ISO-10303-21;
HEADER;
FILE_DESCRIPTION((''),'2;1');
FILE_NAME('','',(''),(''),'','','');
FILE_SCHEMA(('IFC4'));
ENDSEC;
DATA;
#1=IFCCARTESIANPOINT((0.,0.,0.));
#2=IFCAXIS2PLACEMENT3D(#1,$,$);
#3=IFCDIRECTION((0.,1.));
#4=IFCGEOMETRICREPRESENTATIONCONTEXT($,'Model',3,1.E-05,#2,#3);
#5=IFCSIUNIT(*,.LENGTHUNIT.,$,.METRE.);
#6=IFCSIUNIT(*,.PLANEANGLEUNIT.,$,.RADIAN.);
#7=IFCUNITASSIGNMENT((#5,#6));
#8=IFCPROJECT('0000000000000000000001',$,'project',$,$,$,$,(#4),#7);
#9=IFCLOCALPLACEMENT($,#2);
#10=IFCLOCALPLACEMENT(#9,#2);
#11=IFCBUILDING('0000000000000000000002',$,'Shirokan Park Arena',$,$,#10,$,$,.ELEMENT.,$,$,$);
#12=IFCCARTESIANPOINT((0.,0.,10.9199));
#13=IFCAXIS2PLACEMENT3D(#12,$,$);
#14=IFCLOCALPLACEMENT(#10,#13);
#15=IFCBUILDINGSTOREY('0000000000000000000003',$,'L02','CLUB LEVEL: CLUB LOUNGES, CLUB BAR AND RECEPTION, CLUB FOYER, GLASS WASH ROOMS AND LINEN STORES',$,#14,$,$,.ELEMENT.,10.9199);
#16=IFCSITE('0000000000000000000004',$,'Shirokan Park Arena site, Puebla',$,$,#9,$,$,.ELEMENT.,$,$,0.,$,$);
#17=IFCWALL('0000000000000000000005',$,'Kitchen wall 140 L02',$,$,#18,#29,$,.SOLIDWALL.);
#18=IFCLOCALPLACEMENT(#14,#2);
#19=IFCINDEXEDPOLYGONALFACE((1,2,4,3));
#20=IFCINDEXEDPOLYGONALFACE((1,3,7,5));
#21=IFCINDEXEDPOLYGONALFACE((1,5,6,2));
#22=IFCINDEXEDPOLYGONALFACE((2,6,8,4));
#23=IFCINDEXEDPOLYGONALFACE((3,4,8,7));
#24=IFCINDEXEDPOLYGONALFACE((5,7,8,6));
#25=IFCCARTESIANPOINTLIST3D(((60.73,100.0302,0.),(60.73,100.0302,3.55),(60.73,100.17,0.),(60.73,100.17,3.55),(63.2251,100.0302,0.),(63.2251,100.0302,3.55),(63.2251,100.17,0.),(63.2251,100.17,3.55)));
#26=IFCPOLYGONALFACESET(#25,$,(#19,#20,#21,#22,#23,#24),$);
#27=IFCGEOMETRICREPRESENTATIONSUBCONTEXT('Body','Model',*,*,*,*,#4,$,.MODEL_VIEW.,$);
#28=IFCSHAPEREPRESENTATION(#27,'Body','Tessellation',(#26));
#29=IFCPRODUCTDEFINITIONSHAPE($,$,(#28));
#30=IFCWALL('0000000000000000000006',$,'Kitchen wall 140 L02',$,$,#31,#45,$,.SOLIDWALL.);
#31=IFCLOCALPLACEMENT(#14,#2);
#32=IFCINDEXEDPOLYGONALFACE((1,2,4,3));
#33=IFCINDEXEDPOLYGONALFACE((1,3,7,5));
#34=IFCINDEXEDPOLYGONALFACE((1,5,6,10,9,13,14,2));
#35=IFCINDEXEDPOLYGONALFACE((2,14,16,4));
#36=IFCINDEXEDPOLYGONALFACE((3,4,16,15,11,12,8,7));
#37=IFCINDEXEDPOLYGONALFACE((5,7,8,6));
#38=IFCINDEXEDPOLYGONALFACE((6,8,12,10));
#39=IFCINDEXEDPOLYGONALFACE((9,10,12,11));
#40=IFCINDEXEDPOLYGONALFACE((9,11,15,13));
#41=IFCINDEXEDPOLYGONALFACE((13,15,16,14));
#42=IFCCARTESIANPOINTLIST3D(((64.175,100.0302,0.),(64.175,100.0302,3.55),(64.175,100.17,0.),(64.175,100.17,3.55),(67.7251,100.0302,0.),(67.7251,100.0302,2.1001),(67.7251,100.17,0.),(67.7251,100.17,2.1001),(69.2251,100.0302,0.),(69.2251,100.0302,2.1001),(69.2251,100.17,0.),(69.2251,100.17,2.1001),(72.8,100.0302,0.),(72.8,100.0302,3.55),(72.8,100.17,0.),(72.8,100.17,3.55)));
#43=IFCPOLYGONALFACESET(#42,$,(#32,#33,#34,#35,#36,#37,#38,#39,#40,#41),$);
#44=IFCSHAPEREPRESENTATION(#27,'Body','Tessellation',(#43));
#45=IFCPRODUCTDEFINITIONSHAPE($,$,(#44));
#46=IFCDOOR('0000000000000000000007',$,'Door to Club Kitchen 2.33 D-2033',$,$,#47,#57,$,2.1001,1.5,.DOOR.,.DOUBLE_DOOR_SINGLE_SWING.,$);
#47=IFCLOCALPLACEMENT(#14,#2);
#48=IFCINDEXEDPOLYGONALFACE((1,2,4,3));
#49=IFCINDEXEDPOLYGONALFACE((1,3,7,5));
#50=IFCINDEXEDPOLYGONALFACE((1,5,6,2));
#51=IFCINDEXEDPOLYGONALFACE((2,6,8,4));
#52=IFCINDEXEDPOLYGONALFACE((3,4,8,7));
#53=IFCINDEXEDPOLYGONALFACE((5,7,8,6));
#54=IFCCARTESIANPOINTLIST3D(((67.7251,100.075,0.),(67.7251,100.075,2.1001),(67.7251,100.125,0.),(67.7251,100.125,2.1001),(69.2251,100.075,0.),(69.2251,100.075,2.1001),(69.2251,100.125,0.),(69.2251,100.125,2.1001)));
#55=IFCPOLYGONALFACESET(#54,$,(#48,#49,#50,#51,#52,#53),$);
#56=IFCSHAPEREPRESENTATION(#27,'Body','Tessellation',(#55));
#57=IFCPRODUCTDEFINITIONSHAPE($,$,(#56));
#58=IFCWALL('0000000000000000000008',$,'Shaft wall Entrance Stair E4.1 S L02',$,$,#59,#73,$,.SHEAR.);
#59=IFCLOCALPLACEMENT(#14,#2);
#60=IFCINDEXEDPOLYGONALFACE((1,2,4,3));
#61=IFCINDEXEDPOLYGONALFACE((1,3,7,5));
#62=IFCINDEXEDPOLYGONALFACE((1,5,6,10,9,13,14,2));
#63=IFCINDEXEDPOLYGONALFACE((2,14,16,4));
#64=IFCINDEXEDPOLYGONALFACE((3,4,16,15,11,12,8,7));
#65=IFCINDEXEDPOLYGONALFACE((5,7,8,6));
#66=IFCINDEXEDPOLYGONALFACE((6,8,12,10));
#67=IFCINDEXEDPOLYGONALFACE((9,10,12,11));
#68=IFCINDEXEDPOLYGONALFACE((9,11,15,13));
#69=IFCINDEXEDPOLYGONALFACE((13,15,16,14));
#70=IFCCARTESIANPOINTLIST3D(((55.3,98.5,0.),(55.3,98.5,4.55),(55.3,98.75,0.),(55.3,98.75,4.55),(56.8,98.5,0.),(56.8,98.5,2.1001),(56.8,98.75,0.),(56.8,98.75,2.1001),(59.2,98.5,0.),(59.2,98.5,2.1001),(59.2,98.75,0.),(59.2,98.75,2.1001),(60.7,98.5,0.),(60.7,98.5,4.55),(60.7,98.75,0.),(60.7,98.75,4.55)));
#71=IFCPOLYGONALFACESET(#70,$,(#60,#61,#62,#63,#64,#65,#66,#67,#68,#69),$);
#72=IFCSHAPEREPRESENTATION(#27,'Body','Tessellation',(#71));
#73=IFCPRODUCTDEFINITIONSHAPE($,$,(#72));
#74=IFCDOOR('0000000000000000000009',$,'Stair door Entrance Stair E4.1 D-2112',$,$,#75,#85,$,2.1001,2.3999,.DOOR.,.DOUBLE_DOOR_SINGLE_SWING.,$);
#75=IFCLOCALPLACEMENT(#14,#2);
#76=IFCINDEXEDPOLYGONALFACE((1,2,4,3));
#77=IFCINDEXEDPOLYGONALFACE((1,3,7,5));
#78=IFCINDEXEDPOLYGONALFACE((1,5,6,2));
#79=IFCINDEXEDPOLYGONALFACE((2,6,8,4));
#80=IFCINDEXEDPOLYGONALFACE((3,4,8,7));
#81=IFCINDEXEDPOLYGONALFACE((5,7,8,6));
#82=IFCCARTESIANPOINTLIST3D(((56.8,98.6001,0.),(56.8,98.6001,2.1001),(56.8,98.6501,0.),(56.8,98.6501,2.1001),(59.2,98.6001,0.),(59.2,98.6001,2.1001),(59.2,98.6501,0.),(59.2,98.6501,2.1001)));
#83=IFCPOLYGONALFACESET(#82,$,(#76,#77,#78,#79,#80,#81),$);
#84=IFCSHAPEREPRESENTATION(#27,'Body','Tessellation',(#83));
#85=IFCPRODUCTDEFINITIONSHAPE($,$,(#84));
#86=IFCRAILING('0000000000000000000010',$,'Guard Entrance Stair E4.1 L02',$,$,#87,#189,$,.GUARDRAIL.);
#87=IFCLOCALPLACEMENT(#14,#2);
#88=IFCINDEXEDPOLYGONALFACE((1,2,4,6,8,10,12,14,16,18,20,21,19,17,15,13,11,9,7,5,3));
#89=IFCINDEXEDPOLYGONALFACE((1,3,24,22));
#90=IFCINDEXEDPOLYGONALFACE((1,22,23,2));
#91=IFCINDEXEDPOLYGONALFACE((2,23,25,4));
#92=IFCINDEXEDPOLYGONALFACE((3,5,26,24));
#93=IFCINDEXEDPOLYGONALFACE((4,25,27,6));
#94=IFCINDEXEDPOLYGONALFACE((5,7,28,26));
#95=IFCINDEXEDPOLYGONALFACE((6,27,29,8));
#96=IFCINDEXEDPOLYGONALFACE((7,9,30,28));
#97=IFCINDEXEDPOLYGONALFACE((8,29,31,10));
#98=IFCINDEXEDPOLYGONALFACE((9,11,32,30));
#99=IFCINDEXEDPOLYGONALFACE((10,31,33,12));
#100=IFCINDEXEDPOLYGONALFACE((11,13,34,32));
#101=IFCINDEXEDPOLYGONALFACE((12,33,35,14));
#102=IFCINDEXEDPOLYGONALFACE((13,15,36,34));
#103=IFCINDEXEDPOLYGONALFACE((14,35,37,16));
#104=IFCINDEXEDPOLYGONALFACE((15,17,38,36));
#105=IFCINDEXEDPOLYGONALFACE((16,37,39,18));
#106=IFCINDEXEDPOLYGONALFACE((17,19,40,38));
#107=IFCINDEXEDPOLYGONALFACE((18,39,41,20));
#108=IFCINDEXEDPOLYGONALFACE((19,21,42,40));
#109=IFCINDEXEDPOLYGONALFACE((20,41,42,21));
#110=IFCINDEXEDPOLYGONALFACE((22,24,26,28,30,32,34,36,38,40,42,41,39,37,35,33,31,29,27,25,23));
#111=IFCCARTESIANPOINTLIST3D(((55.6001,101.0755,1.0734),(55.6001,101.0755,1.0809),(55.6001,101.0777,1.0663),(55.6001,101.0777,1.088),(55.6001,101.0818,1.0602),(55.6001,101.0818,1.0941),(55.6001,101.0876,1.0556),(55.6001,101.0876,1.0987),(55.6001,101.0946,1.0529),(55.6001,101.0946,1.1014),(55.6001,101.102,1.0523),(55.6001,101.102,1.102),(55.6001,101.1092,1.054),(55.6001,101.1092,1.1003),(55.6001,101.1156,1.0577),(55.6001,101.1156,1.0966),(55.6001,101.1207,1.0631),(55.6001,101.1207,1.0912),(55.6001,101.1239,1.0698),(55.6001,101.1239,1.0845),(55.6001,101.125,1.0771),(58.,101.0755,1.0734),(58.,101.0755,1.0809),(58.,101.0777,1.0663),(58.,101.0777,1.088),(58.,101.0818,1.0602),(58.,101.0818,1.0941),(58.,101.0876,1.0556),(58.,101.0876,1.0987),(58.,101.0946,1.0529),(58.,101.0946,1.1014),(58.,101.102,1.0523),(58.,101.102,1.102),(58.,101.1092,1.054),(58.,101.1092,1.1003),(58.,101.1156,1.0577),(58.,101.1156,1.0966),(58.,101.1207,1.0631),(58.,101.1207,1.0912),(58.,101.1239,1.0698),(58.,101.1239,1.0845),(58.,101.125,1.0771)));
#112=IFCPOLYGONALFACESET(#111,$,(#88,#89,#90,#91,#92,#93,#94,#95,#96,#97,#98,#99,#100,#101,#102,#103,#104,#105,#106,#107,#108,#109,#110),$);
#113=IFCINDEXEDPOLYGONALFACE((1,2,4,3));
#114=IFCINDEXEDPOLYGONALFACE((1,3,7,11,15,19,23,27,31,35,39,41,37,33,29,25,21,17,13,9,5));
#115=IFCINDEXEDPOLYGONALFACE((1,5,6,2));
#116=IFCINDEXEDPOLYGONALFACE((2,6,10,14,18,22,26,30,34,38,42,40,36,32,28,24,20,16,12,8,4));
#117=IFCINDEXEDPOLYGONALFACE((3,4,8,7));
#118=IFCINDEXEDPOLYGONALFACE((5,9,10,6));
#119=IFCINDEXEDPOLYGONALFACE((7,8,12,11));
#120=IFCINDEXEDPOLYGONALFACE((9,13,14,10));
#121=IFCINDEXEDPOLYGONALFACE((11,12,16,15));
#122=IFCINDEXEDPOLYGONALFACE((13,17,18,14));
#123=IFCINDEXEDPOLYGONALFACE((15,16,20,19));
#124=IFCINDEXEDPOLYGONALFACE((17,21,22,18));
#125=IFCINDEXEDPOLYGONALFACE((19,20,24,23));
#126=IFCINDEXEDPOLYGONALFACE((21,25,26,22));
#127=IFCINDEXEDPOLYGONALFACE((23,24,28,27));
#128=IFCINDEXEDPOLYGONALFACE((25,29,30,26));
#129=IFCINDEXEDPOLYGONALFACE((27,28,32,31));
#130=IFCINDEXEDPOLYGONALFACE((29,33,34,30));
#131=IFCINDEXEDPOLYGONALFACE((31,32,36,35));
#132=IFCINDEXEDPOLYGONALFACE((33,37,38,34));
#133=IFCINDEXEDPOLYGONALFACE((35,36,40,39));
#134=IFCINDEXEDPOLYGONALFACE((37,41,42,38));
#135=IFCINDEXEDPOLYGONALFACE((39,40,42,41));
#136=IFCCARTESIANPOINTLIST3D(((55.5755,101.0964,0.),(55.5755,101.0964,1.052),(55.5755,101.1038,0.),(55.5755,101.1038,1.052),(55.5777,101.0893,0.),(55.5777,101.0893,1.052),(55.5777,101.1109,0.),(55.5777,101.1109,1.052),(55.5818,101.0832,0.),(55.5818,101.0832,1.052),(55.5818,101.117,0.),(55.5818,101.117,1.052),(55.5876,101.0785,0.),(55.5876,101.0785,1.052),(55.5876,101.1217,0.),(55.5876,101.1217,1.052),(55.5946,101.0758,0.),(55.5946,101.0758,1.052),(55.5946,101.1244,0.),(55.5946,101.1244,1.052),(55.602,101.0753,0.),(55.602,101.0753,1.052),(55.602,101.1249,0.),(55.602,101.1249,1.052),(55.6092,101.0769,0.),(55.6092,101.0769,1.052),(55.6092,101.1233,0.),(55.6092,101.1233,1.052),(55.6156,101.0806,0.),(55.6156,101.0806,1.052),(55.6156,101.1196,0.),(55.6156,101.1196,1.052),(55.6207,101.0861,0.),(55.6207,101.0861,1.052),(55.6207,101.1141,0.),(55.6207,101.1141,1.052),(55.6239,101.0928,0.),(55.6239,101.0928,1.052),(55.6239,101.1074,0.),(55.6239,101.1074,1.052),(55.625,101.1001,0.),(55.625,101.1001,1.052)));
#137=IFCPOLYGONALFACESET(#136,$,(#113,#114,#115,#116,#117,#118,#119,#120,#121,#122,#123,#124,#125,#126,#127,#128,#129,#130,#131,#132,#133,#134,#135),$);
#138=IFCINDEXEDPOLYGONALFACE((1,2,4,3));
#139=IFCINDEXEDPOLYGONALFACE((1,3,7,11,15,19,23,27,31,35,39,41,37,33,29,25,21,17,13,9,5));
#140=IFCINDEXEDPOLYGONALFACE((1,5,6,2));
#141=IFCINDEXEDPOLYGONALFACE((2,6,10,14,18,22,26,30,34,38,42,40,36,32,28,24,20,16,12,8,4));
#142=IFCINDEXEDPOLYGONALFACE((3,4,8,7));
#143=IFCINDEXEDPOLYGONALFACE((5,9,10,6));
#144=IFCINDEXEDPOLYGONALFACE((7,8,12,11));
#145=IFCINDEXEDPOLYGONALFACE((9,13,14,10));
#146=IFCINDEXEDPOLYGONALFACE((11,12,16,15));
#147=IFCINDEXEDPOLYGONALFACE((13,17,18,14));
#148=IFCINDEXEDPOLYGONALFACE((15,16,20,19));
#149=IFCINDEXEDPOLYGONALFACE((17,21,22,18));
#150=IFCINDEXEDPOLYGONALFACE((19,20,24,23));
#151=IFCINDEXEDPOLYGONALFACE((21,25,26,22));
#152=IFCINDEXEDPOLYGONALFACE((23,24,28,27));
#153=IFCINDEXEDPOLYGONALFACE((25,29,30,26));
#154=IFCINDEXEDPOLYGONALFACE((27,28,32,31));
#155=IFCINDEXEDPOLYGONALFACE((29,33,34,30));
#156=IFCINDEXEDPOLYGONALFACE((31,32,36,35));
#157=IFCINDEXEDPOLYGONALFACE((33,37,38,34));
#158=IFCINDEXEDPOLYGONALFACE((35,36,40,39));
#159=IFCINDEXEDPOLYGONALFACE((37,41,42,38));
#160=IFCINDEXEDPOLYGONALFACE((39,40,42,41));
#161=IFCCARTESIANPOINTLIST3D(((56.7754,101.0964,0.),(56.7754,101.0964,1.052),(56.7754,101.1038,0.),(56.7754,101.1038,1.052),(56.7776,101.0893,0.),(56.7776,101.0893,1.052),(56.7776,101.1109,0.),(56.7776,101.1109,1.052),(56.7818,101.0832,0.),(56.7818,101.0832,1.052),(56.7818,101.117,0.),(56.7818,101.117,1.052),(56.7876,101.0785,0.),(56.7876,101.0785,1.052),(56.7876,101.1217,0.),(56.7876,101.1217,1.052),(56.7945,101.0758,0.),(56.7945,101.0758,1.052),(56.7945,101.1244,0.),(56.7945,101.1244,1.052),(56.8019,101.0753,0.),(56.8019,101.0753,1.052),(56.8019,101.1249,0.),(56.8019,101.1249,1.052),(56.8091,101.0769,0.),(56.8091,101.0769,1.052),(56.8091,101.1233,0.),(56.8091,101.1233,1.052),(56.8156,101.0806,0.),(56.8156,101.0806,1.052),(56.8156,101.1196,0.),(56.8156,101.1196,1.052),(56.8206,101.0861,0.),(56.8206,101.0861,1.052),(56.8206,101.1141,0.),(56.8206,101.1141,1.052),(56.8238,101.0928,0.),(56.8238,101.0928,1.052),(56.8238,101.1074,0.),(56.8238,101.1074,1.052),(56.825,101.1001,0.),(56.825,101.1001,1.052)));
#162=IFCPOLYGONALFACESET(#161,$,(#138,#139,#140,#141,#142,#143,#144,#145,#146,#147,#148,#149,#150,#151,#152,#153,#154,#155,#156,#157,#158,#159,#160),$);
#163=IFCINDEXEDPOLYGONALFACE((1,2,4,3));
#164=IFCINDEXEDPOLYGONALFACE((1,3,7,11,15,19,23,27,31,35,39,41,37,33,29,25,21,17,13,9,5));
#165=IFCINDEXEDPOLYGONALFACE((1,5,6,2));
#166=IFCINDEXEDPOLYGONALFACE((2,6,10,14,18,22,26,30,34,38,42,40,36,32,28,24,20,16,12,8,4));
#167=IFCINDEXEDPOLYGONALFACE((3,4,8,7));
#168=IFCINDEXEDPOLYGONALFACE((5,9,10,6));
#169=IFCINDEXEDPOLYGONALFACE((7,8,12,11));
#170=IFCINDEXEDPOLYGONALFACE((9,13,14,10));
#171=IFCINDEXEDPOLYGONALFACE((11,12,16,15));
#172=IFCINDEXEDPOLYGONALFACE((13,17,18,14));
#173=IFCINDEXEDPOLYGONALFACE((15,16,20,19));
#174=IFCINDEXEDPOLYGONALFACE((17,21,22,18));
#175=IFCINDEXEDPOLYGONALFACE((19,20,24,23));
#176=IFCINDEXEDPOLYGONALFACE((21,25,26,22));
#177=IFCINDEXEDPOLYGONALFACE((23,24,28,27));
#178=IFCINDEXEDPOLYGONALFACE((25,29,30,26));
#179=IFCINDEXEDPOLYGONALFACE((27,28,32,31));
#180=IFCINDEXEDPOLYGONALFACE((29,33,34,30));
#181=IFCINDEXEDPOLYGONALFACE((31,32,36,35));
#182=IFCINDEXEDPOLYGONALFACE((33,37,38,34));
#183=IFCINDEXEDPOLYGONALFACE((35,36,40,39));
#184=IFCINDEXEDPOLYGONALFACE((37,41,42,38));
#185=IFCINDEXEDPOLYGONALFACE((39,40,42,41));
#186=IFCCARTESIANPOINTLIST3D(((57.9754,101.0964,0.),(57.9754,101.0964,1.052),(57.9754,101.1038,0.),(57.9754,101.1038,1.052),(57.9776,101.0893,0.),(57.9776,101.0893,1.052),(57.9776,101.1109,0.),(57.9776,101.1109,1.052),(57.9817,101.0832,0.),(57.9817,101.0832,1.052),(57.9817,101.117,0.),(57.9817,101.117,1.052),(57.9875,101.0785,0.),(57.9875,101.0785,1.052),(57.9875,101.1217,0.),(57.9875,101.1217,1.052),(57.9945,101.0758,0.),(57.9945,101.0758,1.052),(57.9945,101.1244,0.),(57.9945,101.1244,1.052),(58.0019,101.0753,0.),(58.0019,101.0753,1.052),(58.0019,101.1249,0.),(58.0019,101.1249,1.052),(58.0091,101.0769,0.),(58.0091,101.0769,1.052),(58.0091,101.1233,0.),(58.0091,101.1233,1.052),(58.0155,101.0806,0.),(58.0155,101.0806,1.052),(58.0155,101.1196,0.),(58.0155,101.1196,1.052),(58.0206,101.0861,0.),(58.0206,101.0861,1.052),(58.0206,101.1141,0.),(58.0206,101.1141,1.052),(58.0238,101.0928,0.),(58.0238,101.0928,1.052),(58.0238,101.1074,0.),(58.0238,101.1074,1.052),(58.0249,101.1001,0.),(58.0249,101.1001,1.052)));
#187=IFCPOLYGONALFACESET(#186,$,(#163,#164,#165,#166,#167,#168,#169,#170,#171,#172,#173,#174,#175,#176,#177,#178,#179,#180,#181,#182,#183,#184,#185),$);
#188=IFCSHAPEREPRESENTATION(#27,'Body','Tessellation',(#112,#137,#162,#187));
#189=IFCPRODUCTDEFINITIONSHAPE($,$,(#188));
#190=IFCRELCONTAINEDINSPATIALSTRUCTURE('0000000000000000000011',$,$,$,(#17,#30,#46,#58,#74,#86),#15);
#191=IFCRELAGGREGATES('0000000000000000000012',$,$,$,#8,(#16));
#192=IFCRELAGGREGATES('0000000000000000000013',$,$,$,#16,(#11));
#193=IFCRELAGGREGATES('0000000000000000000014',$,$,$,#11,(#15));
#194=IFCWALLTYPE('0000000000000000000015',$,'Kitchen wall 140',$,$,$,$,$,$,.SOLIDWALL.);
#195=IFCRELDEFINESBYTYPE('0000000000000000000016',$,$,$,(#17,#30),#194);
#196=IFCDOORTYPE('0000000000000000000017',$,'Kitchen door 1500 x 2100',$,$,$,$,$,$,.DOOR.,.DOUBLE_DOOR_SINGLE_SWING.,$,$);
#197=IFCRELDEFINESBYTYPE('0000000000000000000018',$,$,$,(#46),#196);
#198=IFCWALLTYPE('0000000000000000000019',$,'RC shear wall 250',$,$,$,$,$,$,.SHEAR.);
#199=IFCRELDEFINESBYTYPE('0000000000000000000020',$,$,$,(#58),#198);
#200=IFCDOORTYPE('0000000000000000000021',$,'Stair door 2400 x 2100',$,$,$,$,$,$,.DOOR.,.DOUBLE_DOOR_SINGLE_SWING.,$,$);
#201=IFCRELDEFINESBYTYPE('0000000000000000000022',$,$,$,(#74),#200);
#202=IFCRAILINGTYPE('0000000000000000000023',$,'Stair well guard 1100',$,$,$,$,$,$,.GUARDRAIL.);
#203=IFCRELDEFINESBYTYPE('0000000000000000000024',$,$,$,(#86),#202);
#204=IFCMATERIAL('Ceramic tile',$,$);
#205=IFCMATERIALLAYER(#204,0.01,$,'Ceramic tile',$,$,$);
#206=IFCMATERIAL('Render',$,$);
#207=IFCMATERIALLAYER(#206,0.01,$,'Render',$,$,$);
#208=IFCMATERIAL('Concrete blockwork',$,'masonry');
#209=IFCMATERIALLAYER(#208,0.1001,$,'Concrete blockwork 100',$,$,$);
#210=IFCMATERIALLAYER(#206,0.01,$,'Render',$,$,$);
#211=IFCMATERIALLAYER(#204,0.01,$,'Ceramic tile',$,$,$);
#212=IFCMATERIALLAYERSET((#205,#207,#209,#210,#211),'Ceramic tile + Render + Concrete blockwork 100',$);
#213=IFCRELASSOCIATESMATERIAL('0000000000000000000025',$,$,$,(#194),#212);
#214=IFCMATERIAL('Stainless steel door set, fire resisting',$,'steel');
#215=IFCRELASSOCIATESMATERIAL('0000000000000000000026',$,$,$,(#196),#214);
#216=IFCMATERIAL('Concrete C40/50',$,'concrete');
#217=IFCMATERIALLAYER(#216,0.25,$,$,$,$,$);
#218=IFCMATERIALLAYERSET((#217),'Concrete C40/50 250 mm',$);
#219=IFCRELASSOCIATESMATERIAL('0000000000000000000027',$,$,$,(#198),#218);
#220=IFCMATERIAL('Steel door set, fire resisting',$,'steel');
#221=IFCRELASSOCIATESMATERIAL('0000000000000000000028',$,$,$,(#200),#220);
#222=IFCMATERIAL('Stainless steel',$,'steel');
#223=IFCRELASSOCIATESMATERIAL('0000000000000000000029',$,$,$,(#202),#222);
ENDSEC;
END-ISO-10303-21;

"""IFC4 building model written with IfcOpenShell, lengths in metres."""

from ifc_helpers import new_model, si_unit, direction, frame, frame_2d, origin, origin_2d, place, context, subcontext, project, spatial, rectangle, circle, extrude, material, layer, layer_set, type_object, element, fill, save


model = new_model("IFC4")

# Units and contexts
model_context = context("Model", 3, precision=1e-05, world=origin(), true_north=direction((0.0, 1.0)))
body_context = subcontext(model_context, "Body", "Model", "MODEL_VIEW")
ifc_project = project(units=[si_unit("LENGTHUNIT", "METRE"), si_unit("PLANEANGLEUNIT", "RADIAN")], contexts=[model_context])

# Site, building, storey
site_placement = place(None, origin())
site = spatial("IfcSite", under=ifc_project, at=site_placement, Name="Shirokan Park Arena site, Puebla", CompositionType="ELEMENT", RefElevation=0.0)
building_placement = place(site_placement, origin())
building = spatial("IfcBuilding", under=site, at=building_placement, Name="Shirokan Park Arena", CompositionType="ELEMENT")
storey_placement = place(building_placement, frame((0.0, 0.0, 10.9199)))
storey = spatial("IfcBuildingStorey", under=building, at=storey_placement, Name="L02", Description="CLUB LEVEL: CLUB LOUNGES, CLUB BAR AND RECEPTION, CLUB FOYER, GLASS WASH ROOMS AND LINEN STORES", CompositionType="ELEMENT", Elevation=10.9199)

# Wall
ifc_material_1 = material(Name="Ceramic tile")
ifc_layer_1 = layer(ifc_material_1, 0.01, Name="Ceramic tile")
ifc_material_2 = material(Name="Render")
ifc_layer_2 = layer(ifc_material_2, 0.01, Name="Render")
ifc_material_3 = material(Name="Concrete blockwork", Category="masonry")
ifc_layer_3 = layer(ifc_material_3, 0.1001, Name="Concrete blockwork 100")
ifc_layer_4 = layer(ifc_material_2, 0.01, Name="Render")
ifc_layer_5 = layer(ifc_material_1, 0.01, Name="Ceramic tile")
ifc_layer_set_1 = layer_set([ifc_layer_1, ifc_layer_2, ifc_layer_3, ifc_layer_4, ifc_layer_5], Name="Ceramic tile + Render + Concrete blockwork 100")
wall_type_1 = type_object("IfcWallType", Name="Kitchen wall 140", PredefinedType="SOLIDWALL", material=ifc_layer_set_1)
wall_1_placement = place(storey_placement, frame((60.73, 100.1001, 0.0), z_axis=(0.0, 0.0, 1.0), x_axis=(1.0, 0.0, 0.0)))
element("IfcWall", 1, at=wall_1_placement, inside=storey, type_object=wall_type_1, Name="Kitchen wall 140 L02", PredefinedType="SOLIDWALL", context=body_context, shape_type="SweptSolid", body=[
    extrude(rectangle(XDim=2.4951, YDim=0.1399, at=frame_2d((1.2476, 0.0))), origin(), (0.0, 0.0, 1.0), 3.55),
])

# Walls, openings, doors
wall_2_placement = place(storey_placement, frame((64.175, 100.1001, 0.0), z_axis=(0.0, 0.0, 1.0), x_axis=(1.0, 0.0, 0.0)))
wall_2 = element("IfcWall", 2, at=wall_2_placement, inside=storey, type_object=wall_type_1, Name="Kitchen wall 140 L02", PredefinedType="SOLIDWALL", context=body_context, shape_type="SweptSolid", body=[
    extrude(rectangle(XDim=8.625, YDim=0.1399, at=frame_2d((4.3125, 0.0))), origin(), (0.0, 0.0, 1.0), 3.55),
])
opening_1_placement = place(wall_2_placement, frame((3.55, 0.0, 0.0)))
opening_1 = element("IfcOpeningElement", 3, at=opening_1_placement, cuts=wall_2, PredefinedType="OPENING", context=body_context, shape_type="SweptSolid", body=[
    extrude(rectangle(XDim=1.5, YDim=2.1001, at=frame_2d((0.75, 1.05))), frame((0.0, 0.0798, 0.0), z_axis=(0.0, -1.0, 0.0), x_axis=(1.0, 0.0, 0.0)), (0.0, 0.0, 1.0), 0.1599),
])
ifc_material_4 = material(Name="Stainless steel door set, fire resisting", Category="steel")
door_type_1 = type_object("IfcDoorType", Name="Kitchen door 1500 x 2100", OperationType="DOUBLE_DOOR_SINGLE_SWING", PredefinedType="DOOR", material=ifc_material_4)
door_1_placement = place(opening_1_placement, origin())
door_1 = element("IfcDoor", 4, at=door_1_placement, inside=storey, type_object=door_type_1, Name="Door to Club Kitchen 2.33 D-2033", OperationType="DOUBLE_DOOR_SINGLE_SWING", OverallHeight=2.1001, OverallWidth=1.5, PredefinedType="DOOR", context=body_context, shape_type="SweptSolid", body=[
    extrude(rectangle(XDim=1.5, YDim=2.1001, at=frame_2d((0.75, 1.05))), frame((0.0, 0.0249, 0.0), z_axis=(0.0, -1.0, 0.0), x_axis=(1.0, 0.0, 0.0)), (0.0, 0.0, 1.0), 0.05),
])
fill(opening_1, door_1)
ifc_material_5 = material(Name="Concrete C40/50", Category="concrete")
ifc_layer_6 = layer(ifc_material_5, 0.25)
ifc_layer_set_2 = layer_set([ifc_layer_6], Name="Concrete C40/50 250 mm")
wall_type_2 = type_object("IfcWallType", Name="RC shear wall 250", PredefinedType="SHEAR", material=ifc_layer_set_2)
wall_3_placement = place(storey_placement, frame((60.7, 98.625, 0.0), z_axis=(0.0, 0.0, 1.0), x_axis=(-1.0, 0.0, 0.0)))
wall_3 = element("IfcWall", 5, at=wall_3_placement, inside=storey, type_object=wall_type_2, Name="Shaft wall Entrance Stair E4.1 S L02", PredefinedType="SHEAR", context=body_context, shape_type="SweptSolid", body=[
    extrude(rectangle(XDim=5.3999, YDim=0.25, at=frame_2d((2.7, 0.0))), origin(), (0.0, 0.0, 1.0), 4.55),
])
opening_2_placement = place(wall_3_placement, frame((1.5, 0.0, 0.0)))
opening_2 = element("IfcOpeningElement", 6, at=opening_2_placement, cuts=wall_3, PredefinedType="OPENING", context=body_context, shape_type="SweptSolid", body=[
    extrude(rectangle(XDim=2.3999, YDim=2.1001, at=frame_2d((1.2, 1.05))), frame((0.0, 0.135, 0.0), z_axis=(0.0, -1.0, 0.0), x_axis=(1.0, 0.0, 0.0)), (0.0, 0.0, 1.0), 0.27),
])
ifc_material_6 = material(Name="Steel door set, fire resisting", Category="steel")
door_type_2 = type_object("IfcDoorType", Name="Stair door 2400 x 2100", OperationType="DOUBLE_DOOR_SINGLE_SWING", PredefinedType="DOOR", material=ifc_material_6)
door_2_placement = place(opening_2_placement, origin())
door_2 = element("IfcDoor", 7, at=door_2_placement, inside=storey, type_object=door_type_2, Name="Stair door Entrance Stair E4.1 D-2112", OperationType="DOUBLE_DOOR_SINGLE_SWING", OverallHeight=2.1001, OverallWidth=2.3999, PredefinedType="DOOR", context=body_context, shape_type="SweptSolid", body=[
    extrude(rectangle(XDim=2.3999, YDim=2.1001, at=frame_2d((1.2, 1.05))), frame((0.0, 0.0249, 0.0), z_axis=(0.0, -1.0, 0.0), x_axis=(1.0, 0.0, 0.0)), (0.0, 0.0, 1.0), 0.05),
])
fill(opening_2, door_2)

# Railing
ifc_material_7 = material(Name="Stainless steel", Category="steel")
railing_type = type_object("IfcRailingType", Name="Stair well guard 1100", PredefinedType="GUARDRAIL", material=ifc_material_7)
railing_placement = place(storey_placement, frame((55.6001, 101.1001, 0.0)))
element("IfcRailing", 8, at=railing_placement, inside=storey, type_object=railing_type, Name="Guard Entrance Stair E4.1 L02", PredefinedType="GUARDRAIL", context=body_context, shape_type="SweptSolid", body=[
    extrude(circle(Radius=0.0249, at=origin_2d()), frame((0.0, 0.0, 1.0771), z_axis=(1.0, 0.0, 0.0), x_axis=(0.0, 1.0, 0.0)), (0.0, 0.0, 1.0), 2.3999),
    extrude(circle(Radius=0.0249, at=origin_2d()), origin(), (0.0, 0.0, 1.0), 1.052),
    extrude(circle(Radius=0.0249, at=origin_2d()), frame((1.2, 0.0, 0.0)), (0.0, 0.0, 1.0), 1.052),
    extrude(circle(Radius=0.0249, at=origin_2d()), frame((2.3999, 0.0, 0.0)), (0.0, 0.0, 1.0), 1.052),
])

save(model, "model.ifc")
